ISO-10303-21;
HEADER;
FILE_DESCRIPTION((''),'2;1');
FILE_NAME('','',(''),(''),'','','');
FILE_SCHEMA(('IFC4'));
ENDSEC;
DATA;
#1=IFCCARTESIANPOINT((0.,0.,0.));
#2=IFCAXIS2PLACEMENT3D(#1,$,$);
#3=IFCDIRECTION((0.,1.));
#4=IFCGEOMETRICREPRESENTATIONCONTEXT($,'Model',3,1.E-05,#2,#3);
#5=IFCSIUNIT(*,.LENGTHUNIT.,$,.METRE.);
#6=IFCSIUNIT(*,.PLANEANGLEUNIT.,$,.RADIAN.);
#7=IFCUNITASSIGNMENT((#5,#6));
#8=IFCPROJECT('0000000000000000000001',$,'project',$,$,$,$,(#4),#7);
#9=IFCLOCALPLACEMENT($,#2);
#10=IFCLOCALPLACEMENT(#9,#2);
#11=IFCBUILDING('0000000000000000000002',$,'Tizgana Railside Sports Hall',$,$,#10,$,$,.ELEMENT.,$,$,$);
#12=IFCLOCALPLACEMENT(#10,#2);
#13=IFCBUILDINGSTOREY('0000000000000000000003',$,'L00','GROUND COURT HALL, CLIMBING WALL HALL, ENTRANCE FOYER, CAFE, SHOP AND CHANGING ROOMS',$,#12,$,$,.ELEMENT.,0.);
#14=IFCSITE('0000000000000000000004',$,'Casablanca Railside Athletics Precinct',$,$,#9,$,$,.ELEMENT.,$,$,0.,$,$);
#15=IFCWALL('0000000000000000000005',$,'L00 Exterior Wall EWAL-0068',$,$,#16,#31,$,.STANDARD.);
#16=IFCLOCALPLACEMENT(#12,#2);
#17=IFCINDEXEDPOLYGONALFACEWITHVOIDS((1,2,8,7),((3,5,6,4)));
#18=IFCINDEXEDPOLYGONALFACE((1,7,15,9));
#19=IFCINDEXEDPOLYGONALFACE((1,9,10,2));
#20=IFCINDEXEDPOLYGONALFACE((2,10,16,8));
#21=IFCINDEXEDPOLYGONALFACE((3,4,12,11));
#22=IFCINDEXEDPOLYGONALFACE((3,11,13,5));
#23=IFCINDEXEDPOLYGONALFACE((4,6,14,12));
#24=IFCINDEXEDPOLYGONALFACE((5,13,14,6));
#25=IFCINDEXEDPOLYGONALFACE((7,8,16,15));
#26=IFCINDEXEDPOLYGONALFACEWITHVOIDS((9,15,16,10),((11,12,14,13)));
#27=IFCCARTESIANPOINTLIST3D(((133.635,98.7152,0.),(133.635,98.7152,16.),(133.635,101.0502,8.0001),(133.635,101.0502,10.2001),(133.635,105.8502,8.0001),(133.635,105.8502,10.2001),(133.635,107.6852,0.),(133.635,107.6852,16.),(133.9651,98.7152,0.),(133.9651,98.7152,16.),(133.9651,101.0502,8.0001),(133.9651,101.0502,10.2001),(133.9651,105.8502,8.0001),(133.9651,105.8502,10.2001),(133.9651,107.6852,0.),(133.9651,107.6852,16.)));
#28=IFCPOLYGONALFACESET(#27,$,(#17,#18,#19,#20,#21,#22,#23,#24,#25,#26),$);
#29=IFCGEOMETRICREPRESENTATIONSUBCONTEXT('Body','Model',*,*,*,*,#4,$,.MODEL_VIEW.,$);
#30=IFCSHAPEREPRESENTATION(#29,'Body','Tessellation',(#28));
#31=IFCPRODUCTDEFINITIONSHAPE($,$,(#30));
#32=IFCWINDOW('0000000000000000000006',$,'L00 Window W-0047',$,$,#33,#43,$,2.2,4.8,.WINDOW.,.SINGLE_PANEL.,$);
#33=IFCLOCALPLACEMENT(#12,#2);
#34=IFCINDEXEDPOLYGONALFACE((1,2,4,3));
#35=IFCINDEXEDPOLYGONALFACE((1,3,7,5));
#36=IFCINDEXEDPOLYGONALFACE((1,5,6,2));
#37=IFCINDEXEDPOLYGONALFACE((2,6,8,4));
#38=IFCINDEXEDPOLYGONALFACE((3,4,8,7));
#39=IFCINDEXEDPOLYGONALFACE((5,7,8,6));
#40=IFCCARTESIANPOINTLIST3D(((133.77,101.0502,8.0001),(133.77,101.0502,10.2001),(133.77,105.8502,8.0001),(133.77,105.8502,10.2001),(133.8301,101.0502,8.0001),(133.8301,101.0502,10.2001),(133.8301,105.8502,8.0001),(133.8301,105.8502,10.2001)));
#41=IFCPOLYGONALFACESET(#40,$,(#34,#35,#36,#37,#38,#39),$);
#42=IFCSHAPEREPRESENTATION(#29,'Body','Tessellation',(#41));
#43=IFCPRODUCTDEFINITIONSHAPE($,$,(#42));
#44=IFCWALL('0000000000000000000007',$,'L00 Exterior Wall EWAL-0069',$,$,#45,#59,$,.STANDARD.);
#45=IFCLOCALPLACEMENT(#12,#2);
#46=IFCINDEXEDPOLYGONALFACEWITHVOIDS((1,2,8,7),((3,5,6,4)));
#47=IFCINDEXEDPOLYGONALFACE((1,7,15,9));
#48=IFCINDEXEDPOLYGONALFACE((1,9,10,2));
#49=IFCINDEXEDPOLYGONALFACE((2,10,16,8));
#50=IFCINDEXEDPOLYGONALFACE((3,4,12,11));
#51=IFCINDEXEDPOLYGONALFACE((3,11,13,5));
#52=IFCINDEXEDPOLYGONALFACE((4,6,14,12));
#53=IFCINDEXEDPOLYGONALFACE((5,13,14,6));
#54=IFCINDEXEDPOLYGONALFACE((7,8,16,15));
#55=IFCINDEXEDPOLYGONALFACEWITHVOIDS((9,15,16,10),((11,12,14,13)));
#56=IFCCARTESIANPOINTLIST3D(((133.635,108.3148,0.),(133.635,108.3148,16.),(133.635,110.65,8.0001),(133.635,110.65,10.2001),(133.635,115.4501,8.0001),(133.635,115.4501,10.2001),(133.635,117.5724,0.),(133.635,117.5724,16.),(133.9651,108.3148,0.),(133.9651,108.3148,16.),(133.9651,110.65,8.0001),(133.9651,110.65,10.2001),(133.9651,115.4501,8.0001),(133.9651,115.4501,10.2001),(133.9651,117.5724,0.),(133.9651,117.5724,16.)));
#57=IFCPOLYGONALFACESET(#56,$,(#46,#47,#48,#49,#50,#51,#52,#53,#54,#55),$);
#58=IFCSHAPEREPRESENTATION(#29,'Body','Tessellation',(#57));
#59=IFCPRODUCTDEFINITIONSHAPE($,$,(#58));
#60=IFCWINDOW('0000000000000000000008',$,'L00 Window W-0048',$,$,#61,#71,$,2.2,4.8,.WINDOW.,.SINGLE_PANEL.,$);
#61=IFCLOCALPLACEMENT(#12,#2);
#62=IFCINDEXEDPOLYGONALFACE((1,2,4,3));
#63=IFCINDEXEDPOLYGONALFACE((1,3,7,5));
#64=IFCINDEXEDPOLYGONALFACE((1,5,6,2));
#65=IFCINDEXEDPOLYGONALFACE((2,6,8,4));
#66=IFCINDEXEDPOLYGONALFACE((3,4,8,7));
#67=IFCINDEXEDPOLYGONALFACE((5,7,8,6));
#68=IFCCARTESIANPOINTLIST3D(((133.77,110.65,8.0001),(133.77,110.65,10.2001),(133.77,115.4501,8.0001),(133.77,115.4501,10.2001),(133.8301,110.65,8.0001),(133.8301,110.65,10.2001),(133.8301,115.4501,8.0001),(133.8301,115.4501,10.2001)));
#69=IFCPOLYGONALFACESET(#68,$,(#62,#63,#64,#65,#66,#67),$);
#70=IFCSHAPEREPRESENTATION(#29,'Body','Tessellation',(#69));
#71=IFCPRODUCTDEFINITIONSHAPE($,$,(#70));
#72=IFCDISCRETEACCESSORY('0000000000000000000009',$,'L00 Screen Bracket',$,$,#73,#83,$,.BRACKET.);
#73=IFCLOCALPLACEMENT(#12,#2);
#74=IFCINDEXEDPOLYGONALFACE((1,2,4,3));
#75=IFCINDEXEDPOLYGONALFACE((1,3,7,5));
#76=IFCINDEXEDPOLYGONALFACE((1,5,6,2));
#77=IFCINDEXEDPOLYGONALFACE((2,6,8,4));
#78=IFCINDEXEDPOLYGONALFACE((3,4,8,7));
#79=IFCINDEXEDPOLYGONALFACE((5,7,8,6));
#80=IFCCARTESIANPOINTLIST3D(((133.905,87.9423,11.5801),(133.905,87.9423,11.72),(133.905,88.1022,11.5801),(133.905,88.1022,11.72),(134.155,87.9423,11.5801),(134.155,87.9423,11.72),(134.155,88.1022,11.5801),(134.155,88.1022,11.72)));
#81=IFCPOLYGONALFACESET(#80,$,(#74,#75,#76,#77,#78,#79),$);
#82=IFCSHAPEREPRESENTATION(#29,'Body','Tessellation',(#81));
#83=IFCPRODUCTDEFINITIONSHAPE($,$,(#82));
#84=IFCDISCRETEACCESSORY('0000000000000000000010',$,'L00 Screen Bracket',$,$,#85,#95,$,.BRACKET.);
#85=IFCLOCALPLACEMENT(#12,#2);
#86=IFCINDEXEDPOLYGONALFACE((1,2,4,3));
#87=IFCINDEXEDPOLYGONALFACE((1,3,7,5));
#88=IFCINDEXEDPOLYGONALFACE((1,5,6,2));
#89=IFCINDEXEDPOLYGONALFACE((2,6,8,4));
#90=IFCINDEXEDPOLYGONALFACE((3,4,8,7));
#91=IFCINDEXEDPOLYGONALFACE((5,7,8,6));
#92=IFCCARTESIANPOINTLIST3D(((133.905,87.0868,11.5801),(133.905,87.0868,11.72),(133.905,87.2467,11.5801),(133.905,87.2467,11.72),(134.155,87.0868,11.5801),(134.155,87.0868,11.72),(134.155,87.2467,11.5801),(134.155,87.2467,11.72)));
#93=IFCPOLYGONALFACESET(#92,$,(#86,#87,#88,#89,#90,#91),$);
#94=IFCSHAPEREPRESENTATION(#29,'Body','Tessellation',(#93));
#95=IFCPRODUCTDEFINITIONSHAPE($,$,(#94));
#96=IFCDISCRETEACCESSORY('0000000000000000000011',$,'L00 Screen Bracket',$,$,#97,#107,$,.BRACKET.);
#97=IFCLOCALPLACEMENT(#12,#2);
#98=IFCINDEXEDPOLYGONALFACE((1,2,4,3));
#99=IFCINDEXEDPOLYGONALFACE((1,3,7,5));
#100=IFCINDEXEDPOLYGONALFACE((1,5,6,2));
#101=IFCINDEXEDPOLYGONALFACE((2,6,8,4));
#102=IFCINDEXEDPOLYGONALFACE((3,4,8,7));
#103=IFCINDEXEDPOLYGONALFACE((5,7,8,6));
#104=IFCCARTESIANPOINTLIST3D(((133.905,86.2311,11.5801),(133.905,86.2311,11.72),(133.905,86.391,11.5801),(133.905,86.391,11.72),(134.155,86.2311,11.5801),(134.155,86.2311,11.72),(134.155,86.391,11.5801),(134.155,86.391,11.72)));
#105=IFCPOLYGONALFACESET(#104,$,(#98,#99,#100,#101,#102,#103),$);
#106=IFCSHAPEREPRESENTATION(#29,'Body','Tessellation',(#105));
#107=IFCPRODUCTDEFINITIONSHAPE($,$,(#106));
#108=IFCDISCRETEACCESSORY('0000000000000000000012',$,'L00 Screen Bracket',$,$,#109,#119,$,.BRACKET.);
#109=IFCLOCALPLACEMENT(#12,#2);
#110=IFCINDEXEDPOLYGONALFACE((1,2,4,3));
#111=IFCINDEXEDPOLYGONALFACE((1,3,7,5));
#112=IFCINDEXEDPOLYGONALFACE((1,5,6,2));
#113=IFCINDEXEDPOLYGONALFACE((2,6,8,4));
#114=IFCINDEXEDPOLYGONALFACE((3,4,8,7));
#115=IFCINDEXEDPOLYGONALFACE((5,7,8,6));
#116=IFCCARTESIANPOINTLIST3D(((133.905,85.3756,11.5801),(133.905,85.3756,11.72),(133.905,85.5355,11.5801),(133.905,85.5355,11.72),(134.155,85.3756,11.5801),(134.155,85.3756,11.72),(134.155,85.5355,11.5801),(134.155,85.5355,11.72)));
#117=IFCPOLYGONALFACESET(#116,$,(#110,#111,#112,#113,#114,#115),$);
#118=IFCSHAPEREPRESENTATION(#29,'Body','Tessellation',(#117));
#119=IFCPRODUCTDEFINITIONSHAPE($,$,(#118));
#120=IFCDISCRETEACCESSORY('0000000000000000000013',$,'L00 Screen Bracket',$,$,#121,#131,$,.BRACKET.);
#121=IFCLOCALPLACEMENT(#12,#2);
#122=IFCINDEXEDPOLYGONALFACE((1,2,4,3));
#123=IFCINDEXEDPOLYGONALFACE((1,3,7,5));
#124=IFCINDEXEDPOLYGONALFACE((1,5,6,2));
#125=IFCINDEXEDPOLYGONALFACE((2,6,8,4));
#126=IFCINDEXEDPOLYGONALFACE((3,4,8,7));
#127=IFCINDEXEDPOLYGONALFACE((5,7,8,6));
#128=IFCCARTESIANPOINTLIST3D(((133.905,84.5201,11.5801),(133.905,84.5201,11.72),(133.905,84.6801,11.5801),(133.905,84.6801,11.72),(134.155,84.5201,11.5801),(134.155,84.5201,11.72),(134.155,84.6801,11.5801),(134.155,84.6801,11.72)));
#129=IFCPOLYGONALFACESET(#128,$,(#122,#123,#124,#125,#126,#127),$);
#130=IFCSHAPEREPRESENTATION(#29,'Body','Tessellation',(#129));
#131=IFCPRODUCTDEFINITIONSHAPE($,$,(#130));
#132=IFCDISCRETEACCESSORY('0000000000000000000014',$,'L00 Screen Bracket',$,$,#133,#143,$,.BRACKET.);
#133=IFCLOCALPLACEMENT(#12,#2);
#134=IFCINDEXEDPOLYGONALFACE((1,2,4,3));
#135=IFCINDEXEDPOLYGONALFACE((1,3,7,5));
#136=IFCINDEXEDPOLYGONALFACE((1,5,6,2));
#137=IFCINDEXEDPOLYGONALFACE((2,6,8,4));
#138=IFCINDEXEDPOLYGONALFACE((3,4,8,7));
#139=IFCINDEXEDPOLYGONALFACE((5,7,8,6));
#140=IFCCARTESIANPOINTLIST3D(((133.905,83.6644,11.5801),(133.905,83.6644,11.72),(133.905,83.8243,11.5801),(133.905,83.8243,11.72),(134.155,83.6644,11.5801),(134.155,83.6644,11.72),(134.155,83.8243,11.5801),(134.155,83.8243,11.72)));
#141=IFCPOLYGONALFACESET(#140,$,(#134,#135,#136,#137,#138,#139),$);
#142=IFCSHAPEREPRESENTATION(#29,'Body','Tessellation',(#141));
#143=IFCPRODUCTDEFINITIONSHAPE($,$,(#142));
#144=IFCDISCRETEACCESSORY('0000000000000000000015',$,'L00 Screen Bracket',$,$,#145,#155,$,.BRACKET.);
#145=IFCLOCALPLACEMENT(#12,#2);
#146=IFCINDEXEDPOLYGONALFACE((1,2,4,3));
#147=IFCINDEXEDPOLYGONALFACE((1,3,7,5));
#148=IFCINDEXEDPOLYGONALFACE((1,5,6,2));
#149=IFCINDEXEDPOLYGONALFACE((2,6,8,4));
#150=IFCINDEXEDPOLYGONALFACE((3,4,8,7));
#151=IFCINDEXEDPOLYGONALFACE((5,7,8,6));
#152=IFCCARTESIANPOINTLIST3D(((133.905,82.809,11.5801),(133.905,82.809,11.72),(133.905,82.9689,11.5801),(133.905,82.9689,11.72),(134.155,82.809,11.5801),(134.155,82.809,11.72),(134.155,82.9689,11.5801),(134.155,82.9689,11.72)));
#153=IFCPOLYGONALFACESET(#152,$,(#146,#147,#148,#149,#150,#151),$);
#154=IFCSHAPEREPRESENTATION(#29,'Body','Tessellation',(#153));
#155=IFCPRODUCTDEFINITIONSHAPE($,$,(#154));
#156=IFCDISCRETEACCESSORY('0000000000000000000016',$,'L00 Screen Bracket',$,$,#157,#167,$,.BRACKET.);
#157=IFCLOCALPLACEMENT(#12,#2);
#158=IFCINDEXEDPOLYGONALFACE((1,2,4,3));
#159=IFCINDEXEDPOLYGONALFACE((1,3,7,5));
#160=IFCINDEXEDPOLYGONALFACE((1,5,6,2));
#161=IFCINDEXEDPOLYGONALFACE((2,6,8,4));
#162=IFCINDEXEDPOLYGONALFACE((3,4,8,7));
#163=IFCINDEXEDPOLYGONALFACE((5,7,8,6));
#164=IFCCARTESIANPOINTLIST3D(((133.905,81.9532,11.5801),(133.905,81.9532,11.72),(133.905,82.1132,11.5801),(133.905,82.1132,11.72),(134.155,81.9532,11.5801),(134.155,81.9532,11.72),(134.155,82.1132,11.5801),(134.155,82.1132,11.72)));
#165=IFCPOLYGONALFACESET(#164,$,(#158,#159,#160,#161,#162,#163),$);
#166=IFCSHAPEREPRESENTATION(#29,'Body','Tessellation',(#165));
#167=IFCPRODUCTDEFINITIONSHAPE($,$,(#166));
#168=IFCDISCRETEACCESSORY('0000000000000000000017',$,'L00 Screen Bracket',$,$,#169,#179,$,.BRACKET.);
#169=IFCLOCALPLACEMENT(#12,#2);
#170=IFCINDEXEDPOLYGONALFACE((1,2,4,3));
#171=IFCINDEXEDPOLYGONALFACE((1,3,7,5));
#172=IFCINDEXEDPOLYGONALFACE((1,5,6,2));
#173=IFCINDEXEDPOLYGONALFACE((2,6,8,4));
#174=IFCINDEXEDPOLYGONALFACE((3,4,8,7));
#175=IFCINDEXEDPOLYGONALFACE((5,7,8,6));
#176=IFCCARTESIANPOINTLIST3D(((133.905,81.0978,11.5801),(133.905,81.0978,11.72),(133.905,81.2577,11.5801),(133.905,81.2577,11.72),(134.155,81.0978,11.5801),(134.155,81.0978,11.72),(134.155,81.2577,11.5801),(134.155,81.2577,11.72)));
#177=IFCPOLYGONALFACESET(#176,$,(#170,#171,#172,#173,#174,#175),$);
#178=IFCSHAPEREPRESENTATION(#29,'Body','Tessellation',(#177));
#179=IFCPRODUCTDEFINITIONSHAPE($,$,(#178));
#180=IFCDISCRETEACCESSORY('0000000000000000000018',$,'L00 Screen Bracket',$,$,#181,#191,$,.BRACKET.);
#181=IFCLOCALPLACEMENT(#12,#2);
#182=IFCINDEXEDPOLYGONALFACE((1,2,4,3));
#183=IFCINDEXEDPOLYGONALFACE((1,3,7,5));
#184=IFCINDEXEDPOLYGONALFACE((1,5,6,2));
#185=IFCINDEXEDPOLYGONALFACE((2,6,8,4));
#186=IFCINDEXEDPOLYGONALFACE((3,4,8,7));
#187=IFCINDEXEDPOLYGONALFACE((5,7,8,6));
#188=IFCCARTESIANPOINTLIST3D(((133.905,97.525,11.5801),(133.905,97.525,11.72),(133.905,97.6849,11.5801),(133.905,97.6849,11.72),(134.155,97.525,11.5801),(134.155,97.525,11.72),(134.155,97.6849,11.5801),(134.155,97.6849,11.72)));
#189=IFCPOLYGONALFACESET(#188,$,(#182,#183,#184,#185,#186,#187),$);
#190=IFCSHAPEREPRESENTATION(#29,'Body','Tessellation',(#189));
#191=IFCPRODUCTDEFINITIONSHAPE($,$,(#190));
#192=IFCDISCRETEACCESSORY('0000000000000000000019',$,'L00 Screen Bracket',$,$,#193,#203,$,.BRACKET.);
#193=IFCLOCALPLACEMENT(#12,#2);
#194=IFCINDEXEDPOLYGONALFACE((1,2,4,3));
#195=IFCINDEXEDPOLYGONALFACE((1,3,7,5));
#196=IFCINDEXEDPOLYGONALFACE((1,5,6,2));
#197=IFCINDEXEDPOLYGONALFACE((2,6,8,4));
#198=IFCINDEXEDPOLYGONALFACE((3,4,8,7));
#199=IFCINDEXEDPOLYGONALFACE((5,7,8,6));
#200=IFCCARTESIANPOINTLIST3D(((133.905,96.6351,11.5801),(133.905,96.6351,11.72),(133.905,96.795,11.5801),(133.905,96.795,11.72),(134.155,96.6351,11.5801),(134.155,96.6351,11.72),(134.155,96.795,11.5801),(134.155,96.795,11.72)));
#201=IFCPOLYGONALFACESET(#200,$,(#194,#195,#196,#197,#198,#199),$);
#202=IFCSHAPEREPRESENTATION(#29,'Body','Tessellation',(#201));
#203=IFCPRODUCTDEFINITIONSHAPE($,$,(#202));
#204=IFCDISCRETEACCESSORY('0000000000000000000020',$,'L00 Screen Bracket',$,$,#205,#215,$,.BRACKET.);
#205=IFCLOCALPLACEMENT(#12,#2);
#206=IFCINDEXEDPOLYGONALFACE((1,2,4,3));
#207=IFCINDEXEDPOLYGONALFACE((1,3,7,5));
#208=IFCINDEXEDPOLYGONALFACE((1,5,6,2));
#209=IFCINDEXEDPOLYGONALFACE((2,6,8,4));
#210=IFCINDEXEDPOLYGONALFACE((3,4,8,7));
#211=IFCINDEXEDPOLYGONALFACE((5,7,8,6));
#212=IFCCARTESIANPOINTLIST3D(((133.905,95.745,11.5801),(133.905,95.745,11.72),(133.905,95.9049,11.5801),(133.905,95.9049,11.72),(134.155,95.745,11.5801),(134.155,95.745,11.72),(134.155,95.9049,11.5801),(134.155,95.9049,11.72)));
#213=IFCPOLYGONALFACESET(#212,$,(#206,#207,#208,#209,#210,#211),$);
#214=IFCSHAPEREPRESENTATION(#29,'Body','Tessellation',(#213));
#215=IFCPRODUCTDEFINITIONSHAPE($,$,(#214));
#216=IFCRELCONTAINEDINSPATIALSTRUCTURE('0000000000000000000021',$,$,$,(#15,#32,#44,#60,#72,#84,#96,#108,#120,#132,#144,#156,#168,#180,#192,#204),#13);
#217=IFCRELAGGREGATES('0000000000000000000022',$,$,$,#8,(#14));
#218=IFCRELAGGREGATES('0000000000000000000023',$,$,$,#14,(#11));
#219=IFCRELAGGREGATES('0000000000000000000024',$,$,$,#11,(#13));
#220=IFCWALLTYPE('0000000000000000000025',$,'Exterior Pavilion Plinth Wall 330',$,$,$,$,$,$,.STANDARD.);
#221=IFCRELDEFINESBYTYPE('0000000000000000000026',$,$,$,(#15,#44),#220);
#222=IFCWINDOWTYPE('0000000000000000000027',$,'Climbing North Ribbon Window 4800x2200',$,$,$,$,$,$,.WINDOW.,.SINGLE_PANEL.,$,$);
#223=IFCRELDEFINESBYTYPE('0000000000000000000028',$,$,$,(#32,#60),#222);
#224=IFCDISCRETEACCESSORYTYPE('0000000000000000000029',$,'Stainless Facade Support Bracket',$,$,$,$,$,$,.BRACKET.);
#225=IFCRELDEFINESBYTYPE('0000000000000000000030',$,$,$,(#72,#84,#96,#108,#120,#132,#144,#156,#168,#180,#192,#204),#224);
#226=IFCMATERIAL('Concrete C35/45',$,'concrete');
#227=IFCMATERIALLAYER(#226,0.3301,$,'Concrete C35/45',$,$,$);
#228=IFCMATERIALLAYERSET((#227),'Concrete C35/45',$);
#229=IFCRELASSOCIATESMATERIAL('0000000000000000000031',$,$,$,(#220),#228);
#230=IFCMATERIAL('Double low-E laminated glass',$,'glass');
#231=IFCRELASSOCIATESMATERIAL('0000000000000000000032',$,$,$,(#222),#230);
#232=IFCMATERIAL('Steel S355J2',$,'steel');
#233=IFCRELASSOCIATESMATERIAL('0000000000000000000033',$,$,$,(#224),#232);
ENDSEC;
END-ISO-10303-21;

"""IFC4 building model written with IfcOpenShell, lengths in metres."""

from ifc_helpers import new_model, si_unit, direction, frame, frame_2d, origin, origin_2d, place, context, subcontext, project, spatial, rectangle, extrude, material, layer, layer_set, type_object, element, fill, save


model = new_model("IFC4")

# Units and contexts
model_context = context("Model", 3, precision=1e-05, world=origin(), true_north=direction((0.0, 1.0)))
body_context = subcontext(model_context, "Body", "Model", "MODEL_VIEW")
ifc_project = project(units=[si_unit("LENGTHUNIT", "METRE"), si_unit("PLANEANGLEUNIT", "RADIAN")], contexts=[model_context])

# Site, building, storey
site_placement = place(None, origin())
site = spatial("IfcSite", under=ifc_project, at=site_placement, Name="Casablanca Railside Athletics Precinct", CompositionType="ELEMENT", RefElevation=0.0)
building_placement = place(site_placement, origin())
building = spatial("IfcBuilding", under=site, at=building_placement, Name="Tizgana Railside Sports Hall", CompositionType="ELEMENT")
storey_placement = place(building_placement, origin())
storey = spatial("IfcBuildingStorey", under=building, at=storey_placement, Name="L00", Description="GROUND COURT HALL, CLIMBING WALL HALL, ENTRANCE FOYER, CAFE, SHOP AND CHANGING ROOMS", CompositionType="ELEMENT", Elevation=0.0)

# Shared definitions
ifc_material_1 = material(Name="Steel S355J2", Category="steel")

# Walls, openings, windows
ifc_material_2 = material(Name="Concrete C35/45", Category="concrete")
ifc_layer = layer(ifc_material_2, 0.3301, Name="Concrete C35/45")
ifc_layer_set = layer_set([ifc_layer], Name="Concrete C35/45")
wall_type = type_object("IfcWallType", Name="Exterior Pavilion Plinth Wall 330", PredefinedType="STANDARD", material=ifc_layer_set)
ifc_material_3 = material(Name="Double low-E laminated glass", Category="glass")
window_type = type_object("IfcWindowType", Name="Climbing North Ribbon Window 4800x2200", PartitioningType="SINGLE_PANEL", PredefinedType="WINDOW", material=ifc_material_3)
wall_1_placement = place(storey_placement, frame((133.8, 107.6851, 0.0), z_axis=(0.0, 0.0, 1.0), x_axis=(0.0, -1.0, 0.0)))
wall_1 = element("IfcWall", 1, at=wall_1_placement, inside=storey, type_object=wall_type, Name="L00 Exterior Wall EWAL-0068", PredefinedType="STANDARD", context=body_context, shape_type="SweptSolid", body=[
    extrude(rectangle(XDim=8.97, YDim=0.3301, at=frame_2d((4.4849, 0.0))), origin(), (0.0, 0.0, 1.0), 16.0),
])
opening_1_placement = place(wall_1_placement, frame((1.835, 0.0, 8.0)))
opening_1 = element("IfcOpeningElement", 2, at=opening_1_placement, cuts=wall_1, PredefinedType="OPENING", context=body_context, shape_type="SweptSolid", body=[
    extrude(rectangle(XDim=4.8, YDim=2.2, at=frame_2d((2.3999, 1.1001))), frame((0.0, 0.175, 0.0), z_axis=(0.0, -1.0, 0.0), x_axis=(1.0, 0.0, 0.0)), (0.0, 0.0, 1.0), 0.3501),
])
window_1_placement = place(opening_1_placement, origin())
window_1 = element("IfcWindow", 3, at=window_1_placement, inside=storey, type_object=window_type, Name="L00 Window W-0047", OverallHeight=2.2, OverallWidth=4.8, PartitioningType="SINGLE_PANEL", PredefinedType="WINDOW", context=body_context, shape_type="SweptSolid", body=[
    extrude(rectangle(XDim=4.8, YDim=2.2, at=frame_2d((2.3999, 1.1001))), frame((0.0, 0.03, 0.0), z_axis=(0.0, -1.0, 0.0), x_axis=(1.0, 0.0, 0.0)), (0.0, 0.0, 1.0), 0.0601),
])
fill(opening_1, window_1)
wall_2_placement = place(storey_placement, frame((133.8, 117.5725, 0.0), z_axis=(0.0, 0.0, 1.0), x_axis=(0.0, -1.0, 0.0)))
wall_2 = element("IfcWall", 4, at=wall_2_placement, inside=storey, type_object=wall_type, Name="L00 Exterior Wall EWAL-0069", PredefinedType="STANDARD", context=body_context, shape_type="SweptSolid", body=[
    extrude(rectangle(XDim=9.2576, YDim=0.3301, at=frame_2d((4.6289, 0.0))), origin(), (0.0, 0.0, 1.0), 16.0),
])
opening_2_placement = place(wall_2_placement, frame((2.1226, 0.0, 8.0)))
opening_2 = element("IfcOpeningElement", 5, at=opening_2_placement, cuts=wall_2, PredefinedType="OPENING", context=body_context, shape_type="SweptSolid", body=[
    extrude(rectangle(XDim=4.8, YDim=2.2, at=frame_2d((2.3999, 1.1001))), frame((0.0, 0.175, 0.0), z_axis=(0.0, -1.0, 0.0), x_axis=(1.0, 0.0, 0.0)), (0.0, 0.0, 1.0), 0.3501),
])
window_2_placement = place(opening_2_placement, origin())
window_2 = element("IfcWindow", 6, at=window_2_placement, inside=storey, type_object=window_type, Name="L00 Window W-0048", OverallHeight=2.2, OverallWidth=4.8, PartitioningType="SINGLE_PANEL", PredefinedType="WINDOW", context=body_context, shape_type="SweptSolid", body=[
    extrude(rectangle(XDim=4.8, YDim=2.2, at=frame_2d((2.3999, 1.1001))), frame((0.0, 0.03, 0.0), z_axis=(0.0, -1.0, 0.0), x_axis=(1.0, 0.0, 0.0)), (0.0, 0.0, 1.0), 0.0601),
])
fill(opening_2, window_2)

# Discrete accessories
discrete_accessory_type = type_object("IfcDiscreteAccessoryType", Name="Stainless Facade Support Bracket", PredefinedType="BRACKET", material=ifc_material_1)
for number, where, z_axis, x_axis, name in (
    (7, (134.03, 88.0222, 11.5801), (0.0, 0.0, 1.0), (0.0, -1.0, 0.0), "L00 Screen Bracket"),
    (8, (134.03, 87.1667, 11.5801), (0.0, 0.0, 1.0), (0.0, -1.0, 0.0), "L00 Screen Bracket"),
    (9, (134.03, 86.311, 11.5801), (0.0, 0.0, 1.0), (0.0, -1.0, 0.0), "L00 Screen Bracket"),
    (10, (134.03, 85.4556, 11.5801), (0.0, 0.0, 1.0), (0.0, -1.0, 0.0), "L00 Screen Bracket"),
    (11, (134.03, 84.6001, 11.5801), (0.0, 0.0, 1.0), (0.0, -1.0, 0.0), "L00 Screen Bracket"),
    (12, (134.03, 83.7444, 11.5801), (0.0, 0.0, 1.0), (0.0, -1.0, 0.0), "L00 Screen Bracket"),
    (13, (134.03, 82.8889, 11.5801), (0.0, 0.0, 1.0), (0.0, -1.0, 0.0), "L00 Screen Bracket"),
    (14, (134.03, 82.0332, 11.5801), (0.0, 0.0, 1.0), (0.0, -1.0, 0.0), "L00 Screen Bracket"),
    (15, (134.03, 81.1777, 11.5801), (0.0, 0.0, 1.0), (0.0, -1.0, 0.0), "L00 Screen Bracket"),
    (16, (134.03, 97.605, 11.5801), (0.0, 0.0, 1.0), (0.0, -1.0, 0.0), "L00 Screen Bracket"),
    (17, (134.03, 96.7151, 11.5801), (0.0, 0.0, 1.0), (0.0, -1.0, 0.0), "L00 Screen Bracket"),
    (18, (134.03, 95.825, 11.5801), (0.0, 0.0, 1.0), (0.0, -1.0, 0.0), "L00 Screen Bracket"),
):
    element("IfcDiscreteAccessory", number, at=place(storey_placement, frame(where, z_axis=z_axis, x_axis=x_axis)), inside=storey, type_object=discrete_accessory_type, Name=name, PredefinedType="BRACKET", context=body_context, shape_type="SweptSolid", body=[
        extrude(rectangle(XDim=0.1599, YDim=0.25, at=origin_2d()), origin(), (0.0, 0.0, 1.0), 0.1399),
    ])

save(model, "model.ifc")
